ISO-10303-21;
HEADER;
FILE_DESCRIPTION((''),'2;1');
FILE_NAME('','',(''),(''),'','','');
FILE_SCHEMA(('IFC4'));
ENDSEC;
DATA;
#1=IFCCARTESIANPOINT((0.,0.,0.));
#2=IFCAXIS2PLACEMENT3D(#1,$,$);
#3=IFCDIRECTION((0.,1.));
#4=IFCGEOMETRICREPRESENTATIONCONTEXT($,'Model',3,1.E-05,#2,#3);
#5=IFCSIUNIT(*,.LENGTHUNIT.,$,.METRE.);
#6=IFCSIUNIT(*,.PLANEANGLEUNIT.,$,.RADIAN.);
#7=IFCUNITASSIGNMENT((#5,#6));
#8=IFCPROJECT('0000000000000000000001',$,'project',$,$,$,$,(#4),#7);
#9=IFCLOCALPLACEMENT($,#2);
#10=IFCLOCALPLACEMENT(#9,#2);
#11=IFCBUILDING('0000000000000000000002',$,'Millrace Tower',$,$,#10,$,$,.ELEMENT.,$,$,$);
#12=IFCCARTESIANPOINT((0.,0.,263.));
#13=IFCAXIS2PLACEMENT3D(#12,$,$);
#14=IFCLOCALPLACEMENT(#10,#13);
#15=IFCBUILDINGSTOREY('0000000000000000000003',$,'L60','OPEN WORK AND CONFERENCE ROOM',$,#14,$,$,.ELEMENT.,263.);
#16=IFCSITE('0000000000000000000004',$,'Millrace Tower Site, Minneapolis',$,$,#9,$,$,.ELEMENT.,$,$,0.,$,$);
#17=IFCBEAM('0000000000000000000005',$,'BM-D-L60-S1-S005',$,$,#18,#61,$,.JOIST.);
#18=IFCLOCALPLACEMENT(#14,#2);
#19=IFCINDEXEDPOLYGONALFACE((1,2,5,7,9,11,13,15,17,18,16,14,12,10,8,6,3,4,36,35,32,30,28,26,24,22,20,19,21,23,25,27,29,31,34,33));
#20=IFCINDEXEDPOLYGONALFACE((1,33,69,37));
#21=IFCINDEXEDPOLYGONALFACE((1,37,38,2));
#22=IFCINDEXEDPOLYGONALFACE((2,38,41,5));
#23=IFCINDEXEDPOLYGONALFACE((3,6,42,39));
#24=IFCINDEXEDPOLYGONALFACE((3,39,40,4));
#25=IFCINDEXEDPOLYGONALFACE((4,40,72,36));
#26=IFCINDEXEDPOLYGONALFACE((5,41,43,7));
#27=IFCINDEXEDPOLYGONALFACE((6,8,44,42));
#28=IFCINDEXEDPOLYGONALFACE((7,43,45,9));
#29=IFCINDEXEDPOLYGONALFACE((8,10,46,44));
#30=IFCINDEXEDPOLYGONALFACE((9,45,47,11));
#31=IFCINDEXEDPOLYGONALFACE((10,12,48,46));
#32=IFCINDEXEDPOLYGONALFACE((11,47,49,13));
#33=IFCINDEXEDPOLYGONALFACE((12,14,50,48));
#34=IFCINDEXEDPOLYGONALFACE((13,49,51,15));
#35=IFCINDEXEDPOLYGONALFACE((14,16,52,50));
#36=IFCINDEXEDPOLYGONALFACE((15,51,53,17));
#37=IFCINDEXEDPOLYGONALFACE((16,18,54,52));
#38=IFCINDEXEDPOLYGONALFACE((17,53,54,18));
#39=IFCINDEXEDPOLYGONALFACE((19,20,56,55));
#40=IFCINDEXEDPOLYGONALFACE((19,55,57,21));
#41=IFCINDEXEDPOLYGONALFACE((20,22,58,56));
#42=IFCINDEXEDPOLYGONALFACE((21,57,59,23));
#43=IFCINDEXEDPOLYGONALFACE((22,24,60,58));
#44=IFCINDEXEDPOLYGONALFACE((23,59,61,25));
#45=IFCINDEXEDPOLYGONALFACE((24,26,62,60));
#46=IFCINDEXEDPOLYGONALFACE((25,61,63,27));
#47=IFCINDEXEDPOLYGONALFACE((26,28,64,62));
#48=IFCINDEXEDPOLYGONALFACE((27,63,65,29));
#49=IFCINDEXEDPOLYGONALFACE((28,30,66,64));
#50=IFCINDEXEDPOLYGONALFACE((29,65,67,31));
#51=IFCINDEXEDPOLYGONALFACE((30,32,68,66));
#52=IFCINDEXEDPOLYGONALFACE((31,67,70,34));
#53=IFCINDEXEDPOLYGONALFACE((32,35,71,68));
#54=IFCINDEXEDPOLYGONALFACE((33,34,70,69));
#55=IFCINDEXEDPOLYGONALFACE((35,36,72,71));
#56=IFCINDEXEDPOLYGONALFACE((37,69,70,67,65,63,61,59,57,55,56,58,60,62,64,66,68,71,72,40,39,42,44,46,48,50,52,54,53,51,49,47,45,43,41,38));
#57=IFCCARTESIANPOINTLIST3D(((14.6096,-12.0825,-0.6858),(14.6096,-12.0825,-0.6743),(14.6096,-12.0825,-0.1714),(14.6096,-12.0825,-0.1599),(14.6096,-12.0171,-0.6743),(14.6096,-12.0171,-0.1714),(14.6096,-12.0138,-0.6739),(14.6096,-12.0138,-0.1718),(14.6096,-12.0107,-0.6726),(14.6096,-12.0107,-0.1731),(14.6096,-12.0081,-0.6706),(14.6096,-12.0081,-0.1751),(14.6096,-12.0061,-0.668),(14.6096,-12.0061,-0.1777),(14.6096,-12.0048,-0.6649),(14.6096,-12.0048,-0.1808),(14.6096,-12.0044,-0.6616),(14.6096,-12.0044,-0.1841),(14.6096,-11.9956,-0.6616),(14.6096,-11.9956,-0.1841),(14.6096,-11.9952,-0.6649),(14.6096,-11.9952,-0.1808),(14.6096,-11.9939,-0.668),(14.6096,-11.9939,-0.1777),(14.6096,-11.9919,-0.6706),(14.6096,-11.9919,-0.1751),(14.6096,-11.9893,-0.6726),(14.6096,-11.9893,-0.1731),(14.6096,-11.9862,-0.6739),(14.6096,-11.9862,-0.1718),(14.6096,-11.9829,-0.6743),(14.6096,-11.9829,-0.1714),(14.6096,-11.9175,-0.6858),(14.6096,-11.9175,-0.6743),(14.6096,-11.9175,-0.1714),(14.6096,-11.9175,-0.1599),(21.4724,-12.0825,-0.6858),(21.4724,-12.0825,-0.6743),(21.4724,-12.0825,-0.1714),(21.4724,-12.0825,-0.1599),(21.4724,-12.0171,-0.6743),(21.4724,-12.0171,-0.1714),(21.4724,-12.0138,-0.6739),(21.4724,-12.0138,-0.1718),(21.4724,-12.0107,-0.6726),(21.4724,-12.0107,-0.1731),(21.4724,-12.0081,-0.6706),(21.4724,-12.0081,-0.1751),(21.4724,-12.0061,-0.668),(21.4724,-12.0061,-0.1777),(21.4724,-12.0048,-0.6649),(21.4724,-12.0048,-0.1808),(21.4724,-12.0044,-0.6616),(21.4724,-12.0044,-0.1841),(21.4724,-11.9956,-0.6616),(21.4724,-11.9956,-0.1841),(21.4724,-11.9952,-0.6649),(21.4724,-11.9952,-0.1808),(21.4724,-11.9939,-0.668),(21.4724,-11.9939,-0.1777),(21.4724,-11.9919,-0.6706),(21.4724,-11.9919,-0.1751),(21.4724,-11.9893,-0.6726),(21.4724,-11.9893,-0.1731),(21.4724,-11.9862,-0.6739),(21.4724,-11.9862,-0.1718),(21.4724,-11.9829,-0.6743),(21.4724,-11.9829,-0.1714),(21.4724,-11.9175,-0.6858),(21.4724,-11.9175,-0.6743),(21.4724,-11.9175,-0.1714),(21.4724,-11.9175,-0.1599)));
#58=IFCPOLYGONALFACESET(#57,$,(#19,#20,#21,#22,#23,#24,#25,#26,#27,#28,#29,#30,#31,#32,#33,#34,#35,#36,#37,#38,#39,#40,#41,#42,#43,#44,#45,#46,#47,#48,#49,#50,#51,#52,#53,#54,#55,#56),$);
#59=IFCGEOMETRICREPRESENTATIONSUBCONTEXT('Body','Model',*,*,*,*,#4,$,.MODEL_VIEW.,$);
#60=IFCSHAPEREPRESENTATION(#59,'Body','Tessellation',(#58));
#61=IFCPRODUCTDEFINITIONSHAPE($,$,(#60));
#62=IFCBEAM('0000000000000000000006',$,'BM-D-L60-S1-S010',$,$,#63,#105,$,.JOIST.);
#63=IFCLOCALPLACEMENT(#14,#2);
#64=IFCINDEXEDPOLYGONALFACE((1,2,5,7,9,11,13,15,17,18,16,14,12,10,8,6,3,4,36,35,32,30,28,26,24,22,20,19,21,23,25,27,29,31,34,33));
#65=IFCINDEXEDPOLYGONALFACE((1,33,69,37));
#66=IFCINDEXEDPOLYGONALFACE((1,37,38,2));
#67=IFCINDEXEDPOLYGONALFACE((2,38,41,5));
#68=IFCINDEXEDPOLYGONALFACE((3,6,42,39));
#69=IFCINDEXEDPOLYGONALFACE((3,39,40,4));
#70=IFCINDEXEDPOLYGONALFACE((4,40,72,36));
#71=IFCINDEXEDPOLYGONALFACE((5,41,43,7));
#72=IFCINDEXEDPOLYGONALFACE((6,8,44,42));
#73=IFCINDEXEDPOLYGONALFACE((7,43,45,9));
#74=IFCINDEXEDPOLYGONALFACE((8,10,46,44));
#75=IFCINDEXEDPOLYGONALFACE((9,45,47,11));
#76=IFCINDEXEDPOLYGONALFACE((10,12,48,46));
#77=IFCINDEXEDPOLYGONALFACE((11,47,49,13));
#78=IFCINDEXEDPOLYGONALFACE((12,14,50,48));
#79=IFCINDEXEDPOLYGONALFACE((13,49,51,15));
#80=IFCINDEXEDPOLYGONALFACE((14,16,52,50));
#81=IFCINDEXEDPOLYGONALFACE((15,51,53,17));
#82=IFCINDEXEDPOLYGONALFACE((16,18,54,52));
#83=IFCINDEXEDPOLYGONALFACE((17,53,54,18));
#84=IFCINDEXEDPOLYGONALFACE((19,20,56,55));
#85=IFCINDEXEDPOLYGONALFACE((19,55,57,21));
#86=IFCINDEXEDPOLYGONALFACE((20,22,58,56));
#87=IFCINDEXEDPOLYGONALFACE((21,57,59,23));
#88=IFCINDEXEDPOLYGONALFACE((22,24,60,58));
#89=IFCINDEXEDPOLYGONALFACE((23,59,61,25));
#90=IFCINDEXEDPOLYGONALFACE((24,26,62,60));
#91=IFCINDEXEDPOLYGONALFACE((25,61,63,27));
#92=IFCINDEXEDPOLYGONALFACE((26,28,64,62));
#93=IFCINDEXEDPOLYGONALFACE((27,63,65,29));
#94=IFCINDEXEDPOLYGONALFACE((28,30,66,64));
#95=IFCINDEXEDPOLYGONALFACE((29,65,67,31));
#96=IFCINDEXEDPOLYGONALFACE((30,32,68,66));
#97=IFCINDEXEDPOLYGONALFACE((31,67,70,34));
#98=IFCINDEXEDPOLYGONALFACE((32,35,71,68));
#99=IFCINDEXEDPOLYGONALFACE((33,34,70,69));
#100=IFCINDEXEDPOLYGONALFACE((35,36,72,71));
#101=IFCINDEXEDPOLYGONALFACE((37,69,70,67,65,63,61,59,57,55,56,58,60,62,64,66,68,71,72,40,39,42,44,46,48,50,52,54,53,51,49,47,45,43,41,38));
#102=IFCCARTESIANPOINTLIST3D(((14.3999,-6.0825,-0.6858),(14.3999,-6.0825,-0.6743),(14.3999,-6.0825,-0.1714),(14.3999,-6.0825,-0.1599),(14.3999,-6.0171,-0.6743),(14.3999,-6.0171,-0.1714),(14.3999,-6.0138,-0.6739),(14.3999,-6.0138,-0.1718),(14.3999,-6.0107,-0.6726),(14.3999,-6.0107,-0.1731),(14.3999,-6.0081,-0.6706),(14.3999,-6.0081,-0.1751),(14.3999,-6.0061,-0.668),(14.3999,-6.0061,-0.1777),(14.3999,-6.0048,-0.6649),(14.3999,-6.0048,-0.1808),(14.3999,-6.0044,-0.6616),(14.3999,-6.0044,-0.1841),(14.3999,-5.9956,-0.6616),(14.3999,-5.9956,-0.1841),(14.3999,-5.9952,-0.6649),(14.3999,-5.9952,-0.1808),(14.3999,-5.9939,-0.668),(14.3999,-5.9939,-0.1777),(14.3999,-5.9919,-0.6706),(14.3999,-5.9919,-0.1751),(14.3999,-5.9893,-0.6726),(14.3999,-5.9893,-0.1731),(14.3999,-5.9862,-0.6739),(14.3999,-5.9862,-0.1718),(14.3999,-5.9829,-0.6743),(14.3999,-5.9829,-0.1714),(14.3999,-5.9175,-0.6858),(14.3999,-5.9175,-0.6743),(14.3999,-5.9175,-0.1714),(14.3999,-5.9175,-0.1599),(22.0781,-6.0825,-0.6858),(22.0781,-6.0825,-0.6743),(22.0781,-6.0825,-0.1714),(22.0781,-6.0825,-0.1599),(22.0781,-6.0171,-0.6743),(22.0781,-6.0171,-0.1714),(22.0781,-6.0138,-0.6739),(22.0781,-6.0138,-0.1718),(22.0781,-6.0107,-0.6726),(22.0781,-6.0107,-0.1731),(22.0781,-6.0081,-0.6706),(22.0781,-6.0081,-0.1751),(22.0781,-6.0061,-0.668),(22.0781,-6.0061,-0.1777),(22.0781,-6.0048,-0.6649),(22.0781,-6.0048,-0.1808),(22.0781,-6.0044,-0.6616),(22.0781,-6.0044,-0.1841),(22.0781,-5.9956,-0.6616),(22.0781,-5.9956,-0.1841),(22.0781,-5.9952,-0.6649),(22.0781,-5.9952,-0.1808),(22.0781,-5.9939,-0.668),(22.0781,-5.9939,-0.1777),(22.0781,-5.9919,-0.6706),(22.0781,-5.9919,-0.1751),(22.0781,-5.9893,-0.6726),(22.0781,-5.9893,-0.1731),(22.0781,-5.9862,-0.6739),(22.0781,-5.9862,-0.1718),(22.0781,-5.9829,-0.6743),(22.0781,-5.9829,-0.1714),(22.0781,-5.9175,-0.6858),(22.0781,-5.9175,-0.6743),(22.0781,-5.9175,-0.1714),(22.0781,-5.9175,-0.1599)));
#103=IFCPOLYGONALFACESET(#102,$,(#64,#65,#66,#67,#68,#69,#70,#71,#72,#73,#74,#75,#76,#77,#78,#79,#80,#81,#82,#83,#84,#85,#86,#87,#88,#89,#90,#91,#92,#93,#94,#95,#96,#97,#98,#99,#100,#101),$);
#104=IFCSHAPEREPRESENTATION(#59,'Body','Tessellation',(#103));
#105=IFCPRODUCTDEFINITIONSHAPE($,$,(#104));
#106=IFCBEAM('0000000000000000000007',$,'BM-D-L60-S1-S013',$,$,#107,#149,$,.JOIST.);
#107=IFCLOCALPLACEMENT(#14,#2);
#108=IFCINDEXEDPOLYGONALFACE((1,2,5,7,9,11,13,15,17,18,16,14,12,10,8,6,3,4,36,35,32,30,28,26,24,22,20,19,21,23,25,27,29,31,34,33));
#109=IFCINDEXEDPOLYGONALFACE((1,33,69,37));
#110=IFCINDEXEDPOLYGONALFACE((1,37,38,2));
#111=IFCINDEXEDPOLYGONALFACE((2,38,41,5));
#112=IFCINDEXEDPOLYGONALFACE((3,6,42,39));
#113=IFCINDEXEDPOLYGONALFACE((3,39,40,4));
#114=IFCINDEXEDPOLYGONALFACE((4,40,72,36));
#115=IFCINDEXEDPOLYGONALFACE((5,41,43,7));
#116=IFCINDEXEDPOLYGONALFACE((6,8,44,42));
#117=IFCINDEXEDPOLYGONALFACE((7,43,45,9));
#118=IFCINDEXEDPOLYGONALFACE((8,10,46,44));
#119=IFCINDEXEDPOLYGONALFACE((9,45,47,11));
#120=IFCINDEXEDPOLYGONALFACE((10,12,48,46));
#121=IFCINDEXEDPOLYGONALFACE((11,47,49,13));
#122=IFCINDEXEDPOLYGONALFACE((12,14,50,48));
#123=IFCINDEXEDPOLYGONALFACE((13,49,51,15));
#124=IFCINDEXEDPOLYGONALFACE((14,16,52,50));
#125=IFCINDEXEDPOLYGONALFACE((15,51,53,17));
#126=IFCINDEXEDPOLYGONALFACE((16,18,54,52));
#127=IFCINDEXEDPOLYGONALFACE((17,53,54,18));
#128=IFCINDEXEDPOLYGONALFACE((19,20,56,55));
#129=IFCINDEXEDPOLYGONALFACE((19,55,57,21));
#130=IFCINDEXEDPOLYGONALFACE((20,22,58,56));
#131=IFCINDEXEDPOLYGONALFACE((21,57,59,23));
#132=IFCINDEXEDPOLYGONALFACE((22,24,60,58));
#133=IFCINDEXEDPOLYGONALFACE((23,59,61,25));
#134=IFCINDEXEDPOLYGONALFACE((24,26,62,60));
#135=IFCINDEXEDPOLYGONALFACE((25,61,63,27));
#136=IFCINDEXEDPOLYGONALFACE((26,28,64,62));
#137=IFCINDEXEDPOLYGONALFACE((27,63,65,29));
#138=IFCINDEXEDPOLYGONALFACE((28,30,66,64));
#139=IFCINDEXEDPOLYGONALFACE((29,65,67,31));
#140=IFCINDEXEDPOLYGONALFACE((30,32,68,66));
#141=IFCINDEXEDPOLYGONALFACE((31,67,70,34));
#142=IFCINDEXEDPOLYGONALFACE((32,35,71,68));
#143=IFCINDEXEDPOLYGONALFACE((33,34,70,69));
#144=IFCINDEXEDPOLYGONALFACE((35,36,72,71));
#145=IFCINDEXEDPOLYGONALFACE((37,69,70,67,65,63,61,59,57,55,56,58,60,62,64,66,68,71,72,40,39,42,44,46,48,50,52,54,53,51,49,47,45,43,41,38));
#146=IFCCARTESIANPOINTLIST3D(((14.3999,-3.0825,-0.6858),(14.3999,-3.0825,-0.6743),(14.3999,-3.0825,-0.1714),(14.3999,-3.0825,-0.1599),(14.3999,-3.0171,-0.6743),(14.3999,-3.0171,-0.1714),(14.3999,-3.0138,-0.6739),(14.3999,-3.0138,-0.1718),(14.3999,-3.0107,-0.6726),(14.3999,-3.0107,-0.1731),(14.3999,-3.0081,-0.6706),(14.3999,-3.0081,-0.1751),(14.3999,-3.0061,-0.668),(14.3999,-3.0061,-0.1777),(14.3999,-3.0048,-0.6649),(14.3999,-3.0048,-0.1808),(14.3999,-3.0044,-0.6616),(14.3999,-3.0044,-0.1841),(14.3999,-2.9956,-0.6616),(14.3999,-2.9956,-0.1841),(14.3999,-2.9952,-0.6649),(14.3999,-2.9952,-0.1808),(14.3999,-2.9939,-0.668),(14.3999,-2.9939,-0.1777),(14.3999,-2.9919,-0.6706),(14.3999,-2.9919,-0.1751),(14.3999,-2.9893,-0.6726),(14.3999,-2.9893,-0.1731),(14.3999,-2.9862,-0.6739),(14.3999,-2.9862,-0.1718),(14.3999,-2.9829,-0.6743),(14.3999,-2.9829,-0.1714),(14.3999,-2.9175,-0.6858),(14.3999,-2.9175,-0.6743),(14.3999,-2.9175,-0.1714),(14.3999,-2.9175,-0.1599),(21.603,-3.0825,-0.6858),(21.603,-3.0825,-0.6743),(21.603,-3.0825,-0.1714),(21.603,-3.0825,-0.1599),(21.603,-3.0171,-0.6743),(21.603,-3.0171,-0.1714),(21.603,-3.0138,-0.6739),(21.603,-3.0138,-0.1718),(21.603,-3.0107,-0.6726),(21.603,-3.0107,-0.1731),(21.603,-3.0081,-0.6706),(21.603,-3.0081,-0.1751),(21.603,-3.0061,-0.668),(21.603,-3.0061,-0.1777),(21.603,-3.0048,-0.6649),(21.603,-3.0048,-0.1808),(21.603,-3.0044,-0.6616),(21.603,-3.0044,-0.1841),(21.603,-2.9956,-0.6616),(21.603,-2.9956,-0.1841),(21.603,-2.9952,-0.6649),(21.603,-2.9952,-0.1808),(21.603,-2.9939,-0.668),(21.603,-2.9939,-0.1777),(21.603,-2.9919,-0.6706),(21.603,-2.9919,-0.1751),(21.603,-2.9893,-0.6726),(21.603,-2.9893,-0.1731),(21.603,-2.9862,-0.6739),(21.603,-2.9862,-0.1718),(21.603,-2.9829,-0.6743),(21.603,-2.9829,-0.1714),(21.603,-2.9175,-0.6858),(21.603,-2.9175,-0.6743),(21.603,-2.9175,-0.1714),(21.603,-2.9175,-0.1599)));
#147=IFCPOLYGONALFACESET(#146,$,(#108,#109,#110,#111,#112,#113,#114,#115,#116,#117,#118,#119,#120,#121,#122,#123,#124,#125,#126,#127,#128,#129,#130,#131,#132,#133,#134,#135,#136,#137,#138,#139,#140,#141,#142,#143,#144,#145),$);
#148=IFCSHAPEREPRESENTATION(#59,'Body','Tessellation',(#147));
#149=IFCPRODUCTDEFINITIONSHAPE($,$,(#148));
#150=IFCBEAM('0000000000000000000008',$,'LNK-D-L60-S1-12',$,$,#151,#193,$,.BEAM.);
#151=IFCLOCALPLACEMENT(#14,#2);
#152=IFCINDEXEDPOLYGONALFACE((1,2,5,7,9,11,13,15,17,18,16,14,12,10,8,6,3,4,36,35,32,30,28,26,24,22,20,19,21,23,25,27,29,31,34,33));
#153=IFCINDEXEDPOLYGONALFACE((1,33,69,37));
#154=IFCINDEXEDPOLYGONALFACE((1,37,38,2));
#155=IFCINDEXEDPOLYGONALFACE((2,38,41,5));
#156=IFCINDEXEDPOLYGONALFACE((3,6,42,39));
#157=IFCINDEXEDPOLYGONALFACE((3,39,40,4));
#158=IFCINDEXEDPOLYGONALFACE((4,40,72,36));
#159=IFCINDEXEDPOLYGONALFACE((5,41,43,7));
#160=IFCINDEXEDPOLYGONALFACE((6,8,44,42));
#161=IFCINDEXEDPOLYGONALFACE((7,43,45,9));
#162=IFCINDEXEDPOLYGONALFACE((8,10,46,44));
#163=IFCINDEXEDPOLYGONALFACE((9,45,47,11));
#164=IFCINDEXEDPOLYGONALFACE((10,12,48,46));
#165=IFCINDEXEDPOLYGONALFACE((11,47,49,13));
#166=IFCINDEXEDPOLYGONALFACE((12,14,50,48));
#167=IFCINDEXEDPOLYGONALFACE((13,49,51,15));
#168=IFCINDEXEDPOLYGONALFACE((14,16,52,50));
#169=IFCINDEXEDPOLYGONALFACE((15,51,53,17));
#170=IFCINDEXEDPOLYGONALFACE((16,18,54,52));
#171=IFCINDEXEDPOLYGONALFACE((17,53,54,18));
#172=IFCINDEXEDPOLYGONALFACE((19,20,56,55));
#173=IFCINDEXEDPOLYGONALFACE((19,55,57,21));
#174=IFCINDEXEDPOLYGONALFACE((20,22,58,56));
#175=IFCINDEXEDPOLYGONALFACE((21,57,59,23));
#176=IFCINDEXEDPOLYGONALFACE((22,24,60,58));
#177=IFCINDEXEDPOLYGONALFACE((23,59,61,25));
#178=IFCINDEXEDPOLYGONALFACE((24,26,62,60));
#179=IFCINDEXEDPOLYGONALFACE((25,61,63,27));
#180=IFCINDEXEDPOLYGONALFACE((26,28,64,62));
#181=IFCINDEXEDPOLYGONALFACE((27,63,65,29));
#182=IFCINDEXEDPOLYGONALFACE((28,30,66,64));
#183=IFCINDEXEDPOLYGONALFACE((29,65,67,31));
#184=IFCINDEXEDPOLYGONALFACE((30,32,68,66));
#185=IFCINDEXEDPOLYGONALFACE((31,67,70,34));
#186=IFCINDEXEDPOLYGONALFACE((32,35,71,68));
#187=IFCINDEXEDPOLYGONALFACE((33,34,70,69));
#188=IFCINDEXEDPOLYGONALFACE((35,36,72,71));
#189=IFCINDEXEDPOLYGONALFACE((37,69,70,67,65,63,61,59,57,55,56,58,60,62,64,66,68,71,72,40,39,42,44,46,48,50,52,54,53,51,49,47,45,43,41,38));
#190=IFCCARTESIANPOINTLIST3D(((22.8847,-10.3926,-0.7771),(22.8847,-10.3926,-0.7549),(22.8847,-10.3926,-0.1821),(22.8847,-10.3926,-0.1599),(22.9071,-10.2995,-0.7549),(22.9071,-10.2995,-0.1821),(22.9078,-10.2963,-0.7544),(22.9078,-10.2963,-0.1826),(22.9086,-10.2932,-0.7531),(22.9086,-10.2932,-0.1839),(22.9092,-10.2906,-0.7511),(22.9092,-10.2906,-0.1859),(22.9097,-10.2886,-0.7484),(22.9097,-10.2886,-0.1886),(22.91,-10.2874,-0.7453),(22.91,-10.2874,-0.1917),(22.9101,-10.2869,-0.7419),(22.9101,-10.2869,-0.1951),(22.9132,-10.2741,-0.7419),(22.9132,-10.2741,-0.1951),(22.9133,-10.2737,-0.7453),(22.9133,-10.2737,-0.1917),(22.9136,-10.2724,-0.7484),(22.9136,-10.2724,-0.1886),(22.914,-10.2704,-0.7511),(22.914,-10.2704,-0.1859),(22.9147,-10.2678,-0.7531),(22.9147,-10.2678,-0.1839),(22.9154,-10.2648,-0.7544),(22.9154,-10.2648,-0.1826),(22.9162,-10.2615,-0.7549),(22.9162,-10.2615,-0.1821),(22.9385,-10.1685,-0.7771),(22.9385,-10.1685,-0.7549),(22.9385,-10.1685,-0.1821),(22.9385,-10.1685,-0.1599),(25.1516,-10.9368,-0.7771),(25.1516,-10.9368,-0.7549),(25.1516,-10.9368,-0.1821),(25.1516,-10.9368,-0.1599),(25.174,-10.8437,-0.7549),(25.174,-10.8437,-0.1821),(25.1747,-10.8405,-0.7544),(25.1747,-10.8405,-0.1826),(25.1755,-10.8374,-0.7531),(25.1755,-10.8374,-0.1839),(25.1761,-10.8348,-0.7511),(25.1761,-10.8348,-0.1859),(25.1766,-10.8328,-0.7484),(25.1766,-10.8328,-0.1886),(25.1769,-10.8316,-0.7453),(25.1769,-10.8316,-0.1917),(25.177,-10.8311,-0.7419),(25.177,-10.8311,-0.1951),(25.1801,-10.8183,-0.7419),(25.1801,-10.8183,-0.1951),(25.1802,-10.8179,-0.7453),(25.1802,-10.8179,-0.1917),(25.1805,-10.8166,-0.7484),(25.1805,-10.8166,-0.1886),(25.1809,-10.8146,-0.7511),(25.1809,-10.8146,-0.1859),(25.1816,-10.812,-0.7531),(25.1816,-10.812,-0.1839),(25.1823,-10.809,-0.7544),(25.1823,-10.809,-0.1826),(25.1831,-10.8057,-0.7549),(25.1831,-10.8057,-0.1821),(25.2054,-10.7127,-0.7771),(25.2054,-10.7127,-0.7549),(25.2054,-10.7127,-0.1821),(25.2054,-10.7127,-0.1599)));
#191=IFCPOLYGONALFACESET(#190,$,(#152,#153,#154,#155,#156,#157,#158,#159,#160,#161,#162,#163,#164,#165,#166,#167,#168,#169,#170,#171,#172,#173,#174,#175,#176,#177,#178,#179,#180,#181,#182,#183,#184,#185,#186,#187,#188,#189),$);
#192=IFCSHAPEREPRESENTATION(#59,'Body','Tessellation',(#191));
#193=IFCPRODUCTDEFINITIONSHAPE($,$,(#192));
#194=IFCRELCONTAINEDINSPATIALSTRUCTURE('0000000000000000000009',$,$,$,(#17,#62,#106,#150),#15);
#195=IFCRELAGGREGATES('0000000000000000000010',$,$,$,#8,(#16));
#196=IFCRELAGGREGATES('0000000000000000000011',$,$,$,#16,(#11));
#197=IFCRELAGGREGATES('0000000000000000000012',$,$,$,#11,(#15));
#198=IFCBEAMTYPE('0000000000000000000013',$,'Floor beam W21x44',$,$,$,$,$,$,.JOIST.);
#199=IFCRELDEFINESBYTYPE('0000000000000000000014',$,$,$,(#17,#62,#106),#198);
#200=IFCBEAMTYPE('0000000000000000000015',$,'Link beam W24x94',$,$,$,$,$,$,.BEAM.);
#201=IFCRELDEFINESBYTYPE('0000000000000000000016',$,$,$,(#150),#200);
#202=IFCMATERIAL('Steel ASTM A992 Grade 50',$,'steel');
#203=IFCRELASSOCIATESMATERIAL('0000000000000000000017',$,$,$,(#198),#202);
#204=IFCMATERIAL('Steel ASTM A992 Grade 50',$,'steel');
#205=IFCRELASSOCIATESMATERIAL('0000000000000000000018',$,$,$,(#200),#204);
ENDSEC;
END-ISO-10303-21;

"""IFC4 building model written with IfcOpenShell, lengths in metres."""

from ifc_helpers import new_model, si_unit, direction, frame, origin, origin_2d, place, context, subcontext, project, spatial, i_section, extrude, material, material_profile, profile_set, type_object, element, save


model = new_model("IFC4")

# Units and contexts
model_context = context("Model", 3, precision=1e-05, world=origin(), true_north=direction((0.0, 1.0)))
body_context = subcontext(model_context, "Body", "Model", "MODEL_VIEW")
ifc_project = project(units=[si_unit("LENGTHUNIT", "METRE"), si_unit("PLANEANGLEUNIT", "RADIAN")], contexts=[model_context])

# Site, building, storey
site_placement = place(None, origin())
site = spatial("IfcSite", under=ifc_project, at=site_placement, Name="Millrace Tower Site, Minneapolis", CompositionType="ELEMENT", RefElevation=0.0)
building_placement = place(site_placement, origin())
building = spatial("IfcBuilding", under=site, at=building_placement, Name="Millrace Tower", CompositionType="ELEMENT")
storey_placement = place(building_placement, frame((0.0, 0.0, 263.0)))
storey = spatial("IfcBuildingStorey", under=building, at=storey_placement, Name="L60", Description="OPEN WORK AND CONFERENCE ROOM", CompositionType="ELEMENT", Elevation=263.0)

# Beams
ifc_material_1 = material(Name="Steel ASTM A992 Grade 50", Category="steel")
ifc_material_profile_1 = material_profile(ifc_material_1, i_section(OverallWidth=0.165, OverallDepth=0.5259, WebThickness=0.0088, FlangeThickness=0.0115, FilletRadius=0.0127, at=origin_2d()))
ifc_profile_set_1 = profile_set([ifc_material_profile_1], Name="Steel ASTM A992 Grade 50")
beam_type_1 = type_object("IfcBeamType", Name="Floor beam W21x44", PredefinedType="JOIST", material=ifc_profile_set_1)
beam_1_placement = place(storey_placement, frame((14.6096, -12.0, -0.4229), z_axis=(1.0, 0.0, 0.0), x_axis=(0.0, 1.0, 0.0)))
element("IfcBeam", 1, at=beam_1_placement, inside=storey, type_object=beam_type_1, Name="BM-D-L60-S1-S005", PredefinedType="JOIST", context=body_context, shape_type="SweptSolid", body=[
    extrude(i_section(OverallWidth=0.165, OverallDepth=0.5259, WebThickness=0.0088, FlangeThickness=0.0115, FilletRadius=0.0127, at=origin_2d()), origin(), (0.0, 0.0, 1.0), 6.8628),
])
beam_2_placement = place(storey_placement, frame((14.3999, -6.0, -0.4229), z_axis=(1.0, 0.0, 0.0), x_axis=(0.0, 1.0, 0.0)))
element("IfcBeam", 2, at=beam_2_placement, inside=storey, type_object=beam_type_1, Name="BM-D-L60-S1-S010", PredefinedType="JOIST", context=body_context, shape_type="SweptSolid", body=[
    extrude(i_section(OverallWidth=0.165, OverallDepth=0.5259, WebThickness=0.0088, FlangeThickness=0.0115, FilletRadius=0.0127, at=origin_2d()), origin(), (0.0, 0.0, 1.0), 7.6782),
])
beam_3_placement = place(storey_placement, frame((14.3999, -3.0, -0.4229), z_axis=(1.0, 0.0, 0.0), x_axis=(0.0, 1.0, 0.0)))
element("IfcBeam", 3, at=beam_3_placement, inside=storey, type_object=beam_type_1, Name="BM-D-L60-S1-S013", PredefinedType="JOIST", context=body_context, shape_type="SweptSolid", body=[
    extrude(i_section(OverallWidth=0.165, OverallDepth=0.5259, WebThickness=0.0088, FlangeThickness=0.0115, FilletRadius=0.0127, at=origin_2d()), origin(), (0.0, 0.0, 1.0), 7.2031),
])
ifc_material_2 = material(Name="Steel ASTM A992 Grade 50", Category="steel")
ifc_material_profile_2 = material_profile(ifc_material_2, i_section(OverallWidth=0.2305, OverallDepth=0.6172, WebThickness=0.0132, FlangeThickness=0.0222, FilletRadius=0.0129, at=origin_2d()))
ifc_profile_set_2 = profile_set([ifc_material_profile_2], Name="Steel ASTM A992 Grade 50")
beam_type_2 = type_object("IfcBeamType", Name="Link beam W24x94", PredefinedType="BEAM", material=ifc_profile_set_2)
beam_4_placement = place(storey_placement, frame((22.9116, -10.2805, -0.4685), z_axis=(0.972373, -0.233432, 0.0), x_axis=(0.233432, 0.972373, 0.0)))
element("IfcBeam", 4, at=beam_4_placement, inside=storey, type_object=beam_type_2, Name="LNK-D-L60-S1-12", PredefinedType="BEAM", context=body_context, shape_type="SweptSolid", body=[
    extrude(i_section(OverallWidth=0.2305, OverallDepth=0.6172, WebThickness=0.0132, FlangeThickness=0.0222, FilletRadius=0.0129, at=origin_2d()), origin(), (0.0, 0.0, 1.0), 2.3313),
])

save(model, "model.ifc")
